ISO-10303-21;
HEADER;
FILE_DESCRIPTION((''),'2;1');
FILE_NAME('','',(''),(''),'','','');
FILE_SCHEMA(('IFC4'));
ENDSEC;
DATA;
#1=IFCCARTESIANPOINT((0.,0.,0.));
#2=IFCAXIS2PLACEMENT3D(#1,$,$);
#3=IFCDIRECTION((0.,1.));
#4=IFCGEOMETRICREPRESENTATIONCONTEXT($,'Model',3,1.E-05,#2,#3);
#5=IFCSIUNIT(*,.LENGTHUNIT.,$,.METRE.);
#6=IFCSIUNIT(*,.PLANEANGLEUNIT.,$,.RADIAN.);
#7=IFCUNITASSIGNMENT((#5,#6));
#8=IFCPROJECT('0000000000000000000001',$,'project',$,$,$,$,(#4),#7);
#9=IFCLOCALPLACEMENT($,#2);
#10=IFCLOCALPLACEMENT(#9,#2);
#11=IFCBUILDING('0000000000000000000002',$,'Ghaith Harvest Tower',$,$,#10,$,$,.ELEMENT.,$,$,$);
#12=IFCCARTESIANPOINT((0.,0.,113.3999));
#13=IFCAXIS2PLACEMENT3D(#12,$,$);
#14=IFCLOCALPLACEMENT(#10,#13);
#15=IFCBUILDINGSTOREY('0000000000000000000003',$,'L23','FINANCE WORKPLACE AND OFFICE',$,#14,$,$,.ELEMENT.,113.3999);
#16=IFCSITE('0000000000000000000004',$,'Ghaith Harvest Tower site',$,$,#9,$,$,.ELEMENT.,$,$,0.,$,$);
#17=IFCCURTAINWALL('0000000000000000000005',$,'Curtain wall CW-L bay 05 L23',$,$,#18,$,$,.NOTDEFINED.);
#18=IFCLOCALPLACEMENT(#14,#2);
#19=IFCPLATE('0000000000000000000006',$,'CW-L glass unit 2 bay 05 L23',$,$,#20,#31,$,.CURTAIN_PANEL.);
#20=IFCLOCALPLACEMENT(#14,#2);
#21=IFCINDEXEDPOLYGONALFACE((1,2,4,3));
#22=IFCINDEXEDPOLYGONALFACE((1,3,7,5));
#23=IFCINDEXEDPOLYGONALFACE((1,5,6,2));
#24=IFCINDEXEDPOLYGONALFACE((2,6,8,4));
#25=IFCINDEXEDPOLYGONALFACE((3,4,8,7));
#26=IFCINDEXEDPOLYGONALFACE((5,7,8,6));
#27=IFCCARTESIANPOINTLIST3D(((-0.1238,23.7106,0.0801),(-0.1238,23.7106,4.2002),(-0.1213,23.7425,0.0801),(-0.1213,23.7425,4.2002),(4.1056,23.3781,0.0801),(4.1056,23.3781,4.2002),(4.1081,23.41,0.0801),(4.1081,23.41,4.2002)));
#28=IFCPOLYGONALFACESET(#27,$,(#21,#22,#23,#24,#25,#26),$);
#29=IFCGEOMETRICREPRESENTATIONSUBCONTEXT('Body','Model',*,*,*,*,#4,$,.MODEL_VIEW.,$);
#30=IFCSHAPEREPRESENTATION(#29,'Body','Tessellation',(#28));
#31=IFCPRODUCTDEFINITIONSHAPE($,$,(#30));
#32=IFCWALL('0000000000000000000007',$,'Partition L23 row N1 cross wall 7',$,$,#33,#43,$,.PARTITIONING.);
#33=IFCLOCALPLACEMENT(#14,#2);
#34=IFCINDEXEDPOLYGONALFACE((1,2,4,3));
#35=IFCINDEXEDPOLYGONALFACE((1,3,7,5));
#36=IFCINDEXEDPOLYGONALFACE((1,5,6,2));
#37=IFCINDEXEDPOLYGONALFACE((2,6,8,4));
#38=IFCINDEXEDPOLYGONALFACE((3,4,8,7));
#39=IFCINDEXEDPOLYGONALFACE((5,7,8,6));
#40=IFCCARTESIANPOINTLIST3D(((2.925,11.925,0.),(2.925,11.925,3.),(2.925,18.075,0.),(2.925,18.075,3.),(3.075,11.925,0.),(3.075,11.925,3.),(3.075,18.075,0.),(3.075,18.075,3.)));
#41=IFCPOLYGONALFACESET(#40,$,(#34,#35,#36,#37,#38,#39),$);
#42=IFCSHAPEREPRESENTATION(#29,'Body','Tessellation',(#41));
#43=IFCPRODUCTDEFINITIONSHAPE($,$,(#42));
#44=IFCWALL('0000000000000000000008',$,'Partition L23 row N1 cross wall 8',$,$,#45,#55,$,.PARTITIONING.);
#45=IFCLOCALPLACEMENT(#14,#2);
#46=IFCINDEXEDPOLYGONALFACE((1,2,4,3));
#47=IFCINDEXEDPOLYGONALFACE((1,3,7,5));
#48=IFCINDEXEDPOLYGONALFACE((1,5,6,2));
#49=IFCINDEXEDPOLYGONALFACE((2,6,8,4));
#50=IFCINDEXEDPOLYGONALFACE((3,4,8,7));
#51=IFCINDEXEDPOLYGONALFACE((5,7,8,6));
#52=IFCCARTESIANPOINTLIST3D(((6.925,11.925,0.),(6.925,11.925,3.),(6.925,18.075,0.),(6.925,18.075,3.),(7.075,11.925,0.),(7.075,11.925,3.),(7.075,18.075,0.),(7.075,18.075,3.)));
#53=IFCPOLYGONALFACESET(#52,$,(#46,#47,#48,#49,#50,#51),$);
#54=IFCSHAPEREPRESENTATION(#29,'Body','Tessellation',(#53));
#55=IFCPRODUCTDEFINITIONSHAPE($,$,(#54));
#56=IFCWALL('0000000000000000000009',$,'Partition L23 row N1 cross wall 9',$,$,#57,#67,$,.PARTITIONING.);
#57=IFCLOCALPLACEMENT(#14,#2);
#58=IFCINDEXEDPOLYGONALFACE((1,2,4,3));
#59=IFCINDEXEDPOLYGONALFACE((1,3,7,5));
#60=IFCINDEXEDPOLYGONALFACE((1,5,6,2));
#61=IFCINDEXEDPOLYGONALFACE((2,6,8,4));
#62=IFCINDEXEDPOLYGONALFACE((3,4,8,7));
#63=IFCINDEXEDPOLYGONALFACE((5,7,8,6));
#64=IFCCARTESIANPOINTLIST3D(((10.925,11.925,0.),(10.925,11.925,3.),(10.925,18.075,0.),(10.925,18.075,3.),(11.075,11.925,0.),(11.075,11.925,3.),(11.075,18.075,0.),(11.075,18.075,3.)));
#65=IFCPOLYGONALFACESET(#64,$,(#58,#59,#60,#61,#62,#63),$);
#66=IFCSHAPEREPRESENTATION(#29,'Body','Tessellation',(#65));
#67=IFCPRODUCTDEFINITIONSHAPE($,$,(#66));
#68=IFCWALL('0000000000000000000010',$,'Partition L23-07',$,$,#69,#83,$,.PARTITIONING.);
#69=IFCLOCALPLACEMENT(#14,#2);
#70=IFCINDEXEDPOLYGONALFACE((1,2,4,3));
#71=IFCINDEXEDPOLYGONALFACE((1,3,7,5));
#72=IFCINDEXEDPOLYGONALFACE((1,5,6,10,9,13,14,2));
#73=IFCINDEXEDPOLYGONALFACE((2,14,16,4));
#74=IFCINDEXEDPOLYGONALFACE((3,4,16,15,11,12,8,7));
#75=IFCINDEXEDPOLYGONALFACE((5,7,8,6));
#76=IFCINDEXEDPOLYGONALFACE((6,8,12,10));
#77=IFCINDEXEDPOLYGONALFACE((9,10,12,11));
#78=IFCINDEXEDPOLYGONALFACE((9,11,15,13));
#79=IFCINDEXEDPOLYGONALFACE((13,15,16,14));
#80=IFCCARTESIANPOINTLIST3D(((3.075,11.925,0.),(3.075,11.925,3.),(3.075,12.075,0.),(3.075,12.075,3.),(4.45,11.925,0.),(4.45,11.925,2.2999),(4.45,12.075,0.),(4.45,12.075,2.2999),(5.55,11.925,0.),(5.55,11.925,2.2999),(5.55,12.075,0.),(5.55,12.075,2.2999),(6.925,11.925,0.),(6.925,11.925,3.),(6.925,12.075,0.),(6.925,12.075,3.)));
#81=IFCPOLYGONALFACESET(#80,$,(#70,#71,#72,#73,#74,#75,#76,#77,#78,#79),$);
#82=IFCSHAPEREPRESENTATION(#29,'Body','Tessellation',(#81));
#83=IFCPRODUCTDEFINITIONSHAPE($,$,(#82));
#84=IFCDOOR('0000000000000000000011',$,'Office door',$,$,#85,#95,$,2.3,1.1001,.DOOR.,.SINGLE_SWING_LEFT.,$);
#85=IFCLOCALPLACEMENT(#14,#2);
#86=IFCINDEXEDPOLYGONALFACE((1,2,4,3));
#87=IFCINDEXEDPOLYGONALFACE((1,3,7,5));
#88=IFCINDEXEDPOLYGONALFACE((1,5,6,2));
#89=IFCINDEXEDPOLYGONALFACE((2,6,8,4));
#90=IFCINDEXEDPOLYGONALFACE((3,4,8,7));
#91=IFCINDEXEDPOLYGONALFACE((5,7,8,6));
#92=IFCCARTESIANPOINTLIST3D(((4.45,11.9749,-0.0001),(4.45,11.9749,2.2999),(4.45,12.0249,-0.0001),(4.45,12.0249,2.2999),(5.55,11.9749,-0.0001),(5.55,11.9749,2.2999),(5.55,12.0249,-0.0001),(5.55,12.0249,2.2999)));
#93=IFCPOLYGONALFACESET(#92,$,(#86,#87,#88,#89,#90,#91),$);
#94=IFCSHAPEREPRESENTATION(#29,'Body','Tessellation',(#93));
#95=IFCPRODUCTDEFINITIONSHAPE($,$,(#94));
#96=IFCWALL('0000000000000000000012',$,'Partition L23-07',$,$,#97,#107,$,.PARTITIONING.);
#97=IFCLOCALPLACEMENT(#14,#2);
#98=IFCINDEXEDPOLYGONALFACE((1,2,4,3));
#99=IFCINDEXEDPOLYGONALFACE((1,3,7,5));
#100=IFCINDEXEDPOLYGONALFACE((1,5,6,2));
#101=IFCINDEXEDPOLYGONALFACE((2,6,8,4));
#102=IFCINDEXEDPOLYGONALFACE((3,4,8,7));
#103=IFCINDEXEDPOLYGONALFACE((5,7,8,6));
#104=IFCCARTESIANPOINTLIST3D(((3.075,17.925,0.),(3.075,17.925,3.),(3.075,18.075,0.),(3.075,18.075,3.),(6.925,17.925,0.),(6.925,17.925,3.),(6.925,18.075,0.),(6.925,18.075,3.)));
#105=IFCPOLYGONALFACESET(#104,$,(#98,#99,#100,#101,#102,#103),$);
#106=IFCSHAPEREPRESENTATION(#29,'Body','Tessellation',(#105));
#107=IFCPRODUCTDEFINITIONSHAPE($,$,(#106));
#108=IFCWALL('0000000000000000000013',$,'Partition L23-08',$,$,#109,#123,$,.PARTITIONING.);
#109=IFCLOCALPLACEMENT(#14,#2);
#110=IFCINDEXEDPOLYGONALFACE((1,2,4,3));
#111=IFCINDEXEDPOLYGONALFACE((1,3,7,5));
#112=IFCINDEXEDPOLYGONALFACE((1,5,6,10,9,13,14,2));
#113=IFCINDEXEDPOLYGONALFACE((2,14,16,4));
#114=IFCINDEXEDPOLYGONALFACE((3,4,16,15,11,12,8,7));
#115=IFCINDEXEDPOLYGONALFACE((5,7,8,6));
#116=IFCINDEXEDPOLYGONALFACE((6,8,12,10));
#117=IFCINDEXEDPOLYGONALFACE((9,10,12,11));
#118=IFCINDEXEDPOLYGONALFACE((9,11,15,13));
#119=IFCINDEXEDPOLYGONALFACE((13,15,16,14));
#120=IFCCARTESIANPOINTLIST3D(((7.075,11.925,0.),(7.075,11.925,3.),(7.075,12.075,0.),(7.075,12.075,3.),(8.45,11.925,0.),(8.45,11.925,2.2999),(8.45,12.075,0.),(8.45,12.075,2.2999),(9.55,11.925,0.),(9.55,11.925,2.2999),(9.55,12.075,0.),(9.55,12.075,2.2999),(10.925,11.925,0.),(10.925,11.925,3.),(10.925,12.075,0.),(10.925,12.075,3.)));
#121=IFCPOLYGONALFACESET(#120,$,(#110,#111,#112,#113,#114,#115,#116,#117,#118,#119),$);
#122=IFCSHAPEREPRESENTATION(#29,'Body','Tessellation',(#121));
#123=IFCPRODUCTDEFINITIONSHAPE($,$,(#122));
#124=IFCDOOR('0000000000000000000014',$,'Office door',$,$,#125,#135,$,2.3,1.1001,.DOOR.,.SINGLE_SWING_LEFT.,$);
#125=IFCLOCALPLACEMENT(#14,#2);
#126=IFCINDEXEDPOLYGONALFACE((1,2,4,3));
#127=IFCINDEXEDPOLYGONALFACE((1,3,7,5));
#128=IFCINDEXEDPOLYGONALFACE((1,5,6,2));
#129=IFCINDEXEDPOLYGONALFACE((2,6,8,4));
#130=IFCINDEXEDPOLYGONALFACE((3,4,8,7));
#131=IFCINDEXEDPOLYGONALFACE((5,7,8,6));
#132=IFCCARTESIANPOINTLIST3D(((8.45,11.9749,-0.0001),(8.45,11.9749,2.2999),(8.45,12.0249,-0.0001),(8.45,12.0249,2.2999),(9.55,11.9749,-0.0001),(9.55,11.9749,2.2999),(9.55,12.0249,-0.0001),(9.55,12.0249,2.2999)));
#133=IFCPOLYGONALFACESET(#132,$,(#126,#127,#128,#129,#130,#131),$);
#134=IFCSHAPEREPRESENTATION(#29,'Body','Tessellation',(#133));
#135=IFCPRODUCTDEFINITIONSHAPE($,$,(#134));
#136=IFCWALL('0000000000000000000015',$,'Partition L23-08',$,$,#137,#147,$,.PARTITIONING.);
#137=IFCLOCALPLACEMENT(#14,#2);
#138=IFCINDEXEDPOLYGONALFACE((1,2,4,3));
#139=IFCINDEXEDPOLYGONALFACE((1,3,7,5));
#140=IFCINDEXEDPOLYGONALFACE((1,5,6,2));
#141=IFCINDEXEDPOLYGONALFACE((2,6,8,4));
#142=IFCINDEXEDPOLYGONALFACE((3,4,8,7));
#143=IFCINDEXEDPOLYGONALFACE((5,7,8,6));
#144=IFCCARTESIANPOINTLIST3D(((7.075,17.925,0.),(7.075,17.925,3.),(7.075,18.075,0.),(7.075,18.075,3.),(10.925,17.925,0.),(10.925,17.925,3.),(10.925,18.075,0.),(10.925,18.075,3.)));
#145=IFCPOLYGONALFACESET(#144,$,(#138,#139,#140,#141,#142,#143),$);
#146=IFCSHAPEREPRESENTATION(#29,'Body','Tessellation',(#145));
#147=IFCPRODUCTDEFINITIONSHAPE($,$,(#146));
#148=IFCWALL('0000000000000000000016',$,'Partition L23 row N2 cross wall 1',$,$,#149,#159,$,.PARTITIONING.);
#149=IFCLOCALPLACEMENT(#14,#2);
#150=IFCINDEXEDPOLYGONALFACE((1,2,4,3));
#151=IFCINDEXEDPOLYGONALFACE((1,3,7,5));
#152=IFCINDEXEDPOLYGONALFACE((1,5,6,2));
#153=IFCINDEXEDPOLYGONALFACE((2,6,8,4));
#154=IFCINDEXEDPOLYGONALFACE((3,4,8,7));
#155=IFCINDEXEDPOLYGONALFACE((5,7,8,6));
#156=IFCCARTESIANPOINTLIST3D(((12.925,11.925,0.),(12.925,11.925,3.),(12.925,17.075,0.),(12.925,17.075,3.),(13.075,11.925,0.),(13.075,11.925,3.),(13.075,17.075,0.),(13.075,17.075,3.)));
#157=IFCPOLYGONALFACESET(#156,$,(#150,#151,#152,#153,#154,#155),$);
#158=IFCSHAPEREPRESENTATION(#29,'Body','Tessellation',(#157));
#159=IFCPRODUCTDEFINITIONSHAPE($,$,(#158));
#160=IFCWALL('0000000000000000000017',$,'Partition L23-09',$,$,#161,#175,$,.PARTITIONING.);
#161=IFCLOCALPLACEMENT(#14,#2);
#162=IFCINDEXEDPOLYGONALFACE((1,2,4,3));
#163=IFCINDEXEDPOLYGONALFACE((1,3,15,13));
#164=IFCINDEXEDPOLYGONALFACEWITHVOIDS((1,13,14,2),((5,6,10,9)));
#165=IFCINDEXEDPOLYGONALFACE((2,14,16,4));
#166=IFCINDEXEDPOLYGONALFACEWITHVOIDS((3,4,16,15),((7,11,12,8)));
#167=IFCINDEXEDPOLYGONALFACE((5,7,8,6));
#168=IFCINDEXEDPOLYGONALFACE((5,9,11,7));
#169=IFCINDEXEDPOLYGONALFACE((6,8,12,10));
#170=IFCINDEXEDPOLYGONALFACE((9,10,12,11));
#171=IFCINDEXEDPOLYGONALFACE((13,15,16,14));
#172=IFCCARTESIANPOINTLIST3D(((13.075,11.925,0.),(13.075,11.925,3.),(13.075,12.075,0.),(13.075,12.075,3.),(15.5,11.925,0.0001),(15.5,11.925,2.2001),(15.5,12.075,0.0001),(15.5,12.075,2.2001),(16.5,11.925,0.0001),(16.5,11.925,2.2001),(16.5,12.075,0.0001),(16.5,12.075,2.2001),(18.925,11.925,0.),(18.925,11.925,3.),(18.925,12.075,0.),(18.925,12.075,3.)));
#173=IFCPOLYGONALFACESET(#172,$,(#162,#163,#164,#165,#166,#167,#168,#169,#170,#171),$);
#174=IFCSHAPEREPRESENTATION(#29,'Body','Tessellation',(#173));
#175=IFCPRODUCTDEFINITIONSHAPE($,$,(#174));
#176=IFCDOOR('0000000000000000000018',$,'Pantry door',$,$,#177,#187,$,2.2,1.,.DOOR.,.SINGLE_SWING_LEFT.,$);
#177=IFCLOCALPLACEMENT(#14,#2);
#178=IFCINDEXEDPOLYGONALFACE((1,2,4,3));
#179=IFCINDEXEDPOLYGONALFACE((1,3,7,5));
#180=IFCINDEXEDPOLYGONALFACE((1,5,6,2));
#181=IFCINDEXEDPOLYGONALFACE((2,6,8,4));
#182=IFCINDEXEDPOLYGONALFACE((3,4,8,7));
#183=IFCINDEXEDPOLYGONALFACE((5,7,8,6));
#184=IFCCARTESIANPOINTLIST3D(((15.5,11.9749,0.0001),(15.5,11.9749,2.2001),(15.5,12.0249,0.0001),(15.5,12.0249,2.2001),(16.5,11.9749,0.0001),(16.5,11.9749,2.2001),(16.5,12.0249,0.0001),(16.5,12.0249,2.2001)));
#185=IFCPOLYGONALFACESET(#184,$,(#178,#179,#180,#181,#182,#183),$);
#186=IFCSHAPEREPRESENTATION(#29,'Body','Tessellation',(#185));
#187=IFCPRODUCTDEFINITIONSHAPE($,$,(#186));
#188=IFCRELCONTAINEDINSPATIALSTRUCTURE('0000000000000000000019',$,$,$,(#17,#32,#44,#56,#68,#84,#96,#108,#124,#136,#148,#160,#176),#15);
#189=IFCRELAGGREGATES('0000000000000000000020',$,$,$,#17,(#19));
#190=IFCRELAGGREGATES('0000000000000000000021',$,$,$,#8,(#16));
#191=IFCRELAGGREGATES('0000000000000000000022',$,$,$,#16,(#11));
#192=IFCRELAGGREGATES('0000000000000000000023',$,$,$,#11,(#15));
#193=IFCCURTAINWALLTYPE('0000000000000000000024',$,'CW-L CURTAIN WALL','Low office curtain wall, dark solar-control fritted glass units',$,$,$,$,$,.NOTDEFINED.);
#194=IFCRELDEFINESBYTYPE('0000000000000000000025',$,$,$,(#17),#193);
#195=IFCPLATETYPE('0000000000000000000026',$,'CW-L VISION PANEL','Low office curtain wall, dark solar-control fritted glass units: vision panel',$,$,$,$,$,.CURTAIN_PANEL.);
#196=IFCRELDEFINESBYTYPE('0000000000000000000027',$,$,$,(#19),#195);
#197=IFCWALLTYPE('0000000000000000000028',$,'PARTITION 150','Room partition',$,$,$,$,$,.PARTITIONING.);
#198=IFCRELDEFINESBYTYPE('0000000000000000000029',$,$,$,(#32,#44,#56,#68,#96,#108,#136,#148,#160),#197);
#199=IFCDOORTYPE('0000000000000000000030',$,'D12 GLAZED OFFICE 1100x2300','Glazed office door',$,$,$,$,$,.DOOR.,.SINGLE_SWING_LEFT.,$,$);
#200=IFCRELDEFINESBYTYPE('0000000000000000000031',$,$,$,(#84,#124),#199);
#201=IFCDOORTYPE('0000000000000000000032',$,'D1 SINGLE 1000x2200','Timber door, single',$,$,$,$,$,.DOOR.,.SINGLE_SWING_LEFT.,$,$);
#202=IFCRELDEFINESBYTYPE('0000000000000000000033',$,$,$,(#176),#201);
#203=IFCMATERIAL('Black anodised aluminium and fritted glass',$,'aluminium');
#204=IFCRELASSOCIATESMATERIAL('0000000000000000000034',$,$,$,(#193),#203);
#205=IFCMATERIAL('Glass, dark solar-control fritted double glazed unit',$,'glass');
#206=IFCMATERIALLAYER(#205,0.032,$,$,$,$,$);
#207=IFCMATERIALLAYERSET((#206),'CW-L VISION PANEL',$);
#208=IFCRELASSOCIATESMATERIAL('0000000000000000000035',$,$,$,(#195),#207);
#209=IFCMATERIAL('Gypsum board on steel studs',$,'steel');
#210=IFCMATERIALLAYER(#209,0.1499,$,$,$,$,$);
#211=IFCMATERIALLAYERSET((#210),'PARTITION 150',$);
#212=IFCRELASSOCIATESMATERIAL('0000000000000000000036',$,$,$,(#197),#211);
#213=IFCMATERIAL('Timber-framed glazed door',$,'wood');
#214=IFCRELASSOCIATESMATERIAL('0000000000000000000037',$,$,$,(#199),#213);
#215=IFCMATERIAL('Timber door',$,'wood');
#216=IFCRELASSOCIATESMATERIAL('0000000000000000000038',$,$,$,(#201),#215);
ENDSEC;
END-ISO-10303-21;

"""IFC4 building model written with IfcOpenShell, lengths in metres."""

from ifc_helpers import new_model, si_unit, direction, frame, frame_2d, origin, origin_2d, place, context, subcontext, project, spatial, rectangle, extrude, material, layer, layer_set, type_object, element, fill, aggregate, save


model = new_model("IFC4")

# Units and contexts
model_context = context("Model", 3, precision=1e-05, world=origin(), true_north=direction((0.0, 1.0)))
body_context = subcontext(model_context, "Body", "Model", "MODEL_VIEW")
ifc_project = project(units=[si_unit("LENGTHUNIT", "METRE"), si_unit("PLANEANGLEUNIT", "RADIAN")], contexts=[model_context])

# Site, building, storey
site_placement = place(None, origin())
site = spatial("IfcSite", under=ifc_project, at=site_placement, Name="Ghaith Harvest Tower site", CompositionType="ELEMENT", RefElevation=0.0)
building_placement = place(site_placement, origin())
building = spatial("IfcBuilding", under=site, at=building_placement, Name="Ghaith Harvest Tower", CompositionType="ELEMENT")
storey_placement = place(building_placement, frame((0.0, 0.0, 113.3999)))
storey = spatial("IfcBuildingStorey", under=building, at=storey_placement, Name="L23", Description="FINANCE WORKPLACE AND OFFICE", CompositionType="ELEMENT", Elevation=113.3999)

# Shared definitions
ifc_material_1 = material(Name="Black anodised aluminium and fritted glass", Category="aluminium")
curtain_wall_type = type_object("IfcCurtainWallType", Name="CW-L CURTAIN WALL", Description="Low office curtain wall, dark solar-control fritted glass units", PredefinedType="NOTDEFINED", material=ifc_material_1)

# Curtain wall
curtain_wall_1_placement = place(storey_placement, origin())
curtain_wall_1 = element("IfcCurtainWall", 1, at=curtain_wall_1_placement, inside=storey, type_object=curtain_wall_type, Name="Curtain wall CW-L bay 05 L23", PredefinedType="NOTDEFINED")

# Plate
ifc_material_2 = material(Name="Glass, dark solar-control fritted double glazed unit", Category="glass")
ifc_layer_1 = layer(ifc_material_2, 0.032)
ifc_layer_set_1 = layer_set([ifc_layer_1], Name="CW-L VISION PANEL")
plate_type = type_object("IfcPlateType", Name="CW-L VISION PANEL", Description="Low office curtain wall, dark solar-control fritted glass units: vision panel", PredefinedType="CURTAIN_PANEL", material=ifc_layer_set_1)
plate_1_placement = place(storey_placement, frame((1.9922, 23.5603, 0.0801), z_axis=(0.0, 0.0, 1.0), x_axis=(-0.996925, 0.07836, 0.0)))
plate_1 = element("IfcPlate", 2, at=plate_1_placement, type_object=plate_type, Name="CW-L glass unit 2 bay 05 L23", PredefinedType="CURTAIN_PANEL", context=body_context, shape_type="SweptSolid", body=[
    extrude(rectangle(XDim=4.2424, YDim=0.032, at=origin_2d()), origin(), (0.0, 0.0, 1.0), 4.1201),
])
aggregate(curtain_wall_1, [plate_1])

# Walls
ifc_material_3 = material(Name="Gypsum board on steel studs", Category="steel")
ifc_layer_2 = layer(ifc_material_3, 0.1499)
ifc_layer_set_2 = layer_set([ifc_layer_2], Name="PARTITION 150")
wall_type = type_object("IfcWallType", Name="PARTITION 150", Description="Room partition", PredefinedType="PARTITIONING", material=ifc_layer_set_2)
for number, where, z_axis, x_axis, name in (
    (3, (3.0, 11.925, 0.0), (0.0, 0.0, 1.0), (0.0, 1.0, 0.0), "Partition L23 row N1 cross wall 7"),
    (4, (7.0, 11.925, 0.0), (0.0, 0.0, 1.0), (0.0, 1.0, 0.0), "Partition L23 row N1 cross wall 8"),
    (5, (11.0, 11.925, 0.0), (0.0, 0.0, 1.0), (0.0, 1.0, 0.0), "Partition L23 row N1 cross wall 9"),
):
    element("IfcWall", number, at=place(storey_placement, frame(where, z_axis=z_axis, x_axis=x_axis)), inside=storey, type_object=wall_type, Name=name, PredefinedType="PARTITIONING", context=body_context, shape_type="SweptSolid", body=[
        extrude(rectangle(XDim=6.1499, YDim=0.1499, at=frame_2d((3.075, 0.0))), origin(), (0.0, 0.0, 1.0), 3.0),
    ])

# Wall, opening, door
wall_1_placement = place(storey_placement, frame((3.075, 12.0, 0.0), z_axis=(0.0, 0.0, 1.0), x_axis=(1.0, 0.0, 0.0)))
wall_1 = element("IfcWall", 6, at=wall_1_placement, inside=storey, type_object=wall_type, Name="Partition L23-07", PredefinedType="PARTITIONING", context=body_context, shape_type="SweptSolid", body=[
    extrude(rectangle(XDim=3.8501, YDim=0.1499, at=frame_2d((1.925, 0.0))), origin(), (0.0, 0.0, 1.0), 3.0),
])
opening_1_placement = place(wall_1_placement, frame((1.375, 0.0, 0.0)))
opening_1 = element("IfcOpeningElement", 7, at=opening_1_placement, cuts=wall_1, PredefinedType="OPENING", context=body_context, shape_type="SweptSolid", body=[
    extrude(rectangle(XDim=1.1001, YDim=2.3, at=frame_2d((0.55, 1.1499))), frame((0.0, 0.085, 0.0), z_axis=(0.0, -1.0, 0.0), x_axis=(1.0, 0.0, 0.0)), (0.0, 0.0, 1.0), 0.1699),
])
ifc_material_4 = material(Name="Timber-framed glazed door", Category="wood")
door_type_1 = type_object("IfcDoorType", Name="D12 GLAZED OFFICE 1100x2300", Description="Glazed office door", OperationType="SINGLE_SWING_LEFT", PredefinedType="DOOR", material=ifc_material_4)
door_1_placement = place(opening_1_placement, origin())
door_1 = element("IfcDoor", 8, at=door_1_placement, inside=storey, type_object=door_type_1, Name="Office door", OperationType="SINGLE_SWING_LEFT", OverallHeight=2.3, OverallWidth=1.1001, PredefinedType="DOOR", context=body_context, shape_type="SweptSolid", body=[
    extrude(rectangle(XDim=1.1001, YDim=2.3, at=frame_2d((0.55, 1.1499))), frame((0.0, 0.0249, 0.0), z_axis=(0.0, -1.0, 0.0), x_axis=(1.0, 0.0, 0.0)), (0.0, 0.0, 1.0), 0.05),
])
fill(opening_1, door_1)

# Wall
wall_2_placement = place(storey_placement, frame((3.075, 18.0, 0.0), z_axis=(0.0, 0.0, 1.0), x_axis=(1.0, 0.0, 0.0)))
element("IfcWall", 9, at=wall_2_placement, inside=storey, type_object=wall_type, Name="Partition L23-07", PredefinedType="PARTITIONING", context=body_context, shape_type="SweptSolid", body=[
    extrude(rectangle(XDim=3.8501, YDim=0.1499, at=frame_2d((1.925, 0.0))), origin(), (0.0, 0.0, 1.0), 3.0),
])

# Wall, opening, door
wall_3_placement = place(storey_placement, frame((7.075, 12.0, 0.0), z_axis=(0.0, 0.0, 1.0), x_axis=(1.0, 0.0, 0.0)))
wall_3 = element("IfcWall", 10, at=wall_3_placement, inside=storey, type_object=wall_type, Name="Partition L23-08", PredefinedType="PARTITIONING", context=body_context, shape_type="SweptSolid", body=[
    extrude(rectangle(XDim=3.8501, YDim=0.1499, at=frame_2d((1.925, 0.0))), origin(), (0.0, 0.0, 1.0), 3.0),
])
opening_2_placement = place(wall_3_placement, frame((1.375, 0.0, 0.0)))
opening_2 = element("IfcOpeningElement", 11, at=opening_2_placement, cuts=wall_3, PredefinedType="OPENING", context=body_context, shape_type="SweptSolid", body=[
    extrude(rectangle(XDim=1.1001, YDim=2.3, at=frame_2d((0.55, 1.1499))), frame((0.0, 0.085, 0.0), z_axis=(0.0, -1.0, 0.0), x_axis=(1.0, 0.0, 0.0)), (0.0, 0.0, 1.0), 0.1699),
])
door_2_placement = place(opening_2_placement, origin())
door_2 = element("IfcDoor", 12, at=door_2_placement, inside=storey, type_object=door_type_1, Name="Office door", OperationType="SINGLE_SWING_LEFT", OverallHeight=2.3, OverallWidth=1.1001, PredefinedType="DOOR", context=body_context, shape_type="SweptSolid", body=[
    extrude(rectangle(XDim=1.1001, YDim=2.3, at=frame_2d((0.55, 1.1499))), frame((0.0, 0.0249, 0.0), z_axis=(0.0, -1.0, 0.0), x_axis=(1.0, 0.0, 0.0)), (0.0, 0.0, 1.0), 0.05),
])
fill(opening_2, door_2)

# Walls
wall_4_placement = place(storey_placement, frame((7.075, 18.0, 0.0), z_axis=(0.0, 0.0, 1.0), x_axis=(1.0, 0.0, 0.0)))
element("IfcWall", 13, at=wall_4_placement, inside=storey, type_object=wall_type, Name="Partition L23-08", PredefinedType="PARTITIONING", context=body_context, shape_type="SweptSolid", body=[
    extrude(rectangle(XDim=3.8501, YDim=0.1499, at=frame_2d((1.925, 0.0))), origin(), (0.0, 0.0, 1.0), 3.0),
])
wall_5_placement = place(storey_placement, frame((13.0, 11.925, 0.0), z_axis=(0.0, 0.0, 1.0), x_axis=(0.0, 1.0, 0.0)))
element("IfcWall", 14, at=wall_5_placement, inside=storey, type_object=wall_type, Name="Partition L23 row N2 cross wall 1", PredefinedType="PARTITIONING", context=body_context, shape_type="SweptSolid", body=[
    extrude(rectangle(XDim=5.1499, YDim=0.1499, at=frame_2d((2.575, 0.0))), origin(), (0.0, 0.0, 1.0), 3.0),
])

# Wall, opening, door
wall_6_placement = place(storey_placement, frame((13.075, 12.0, 0.0), z_axis=(0.0, 0.0, 1.0), x_axis=(1.0, 0.0, 0.0)))
wall_6 = element("IfcWall", 15, at=wall_6_placement, inside=storey, type_object=wall_type, Name="Partition L23-09", PredefinedType="PARTITIONING", context=body_context, shape_type="SweptSolid", body=[
    extrude(rectangle(XDim=5.8501, YDim=0.1499, at=frame_2d((2.925, 0.0))), origin(), (0.0, 0.0, 1.0), 3.0),
])
opening_3_placement = place(wall_6_placement, frame((2.425, 0.0, 0.0)))
opening_3 = element("IfcOpeningElement", 16, at=opening_3_placement, cuts=wall_6, PredefinedType="OPENING", context=body_context, shape_type="SweptSolid", body=[
    extrude(rectangle(XDim=1.0, YDim=2.2, at=frame_2d((0.5, 1.1001))), frame((0.0, 0.085, 0.0), z_axis=(0.0, -1.0, 0.0), x_axis=(1.0, 0.0, 0.0)), (0.0, 0.0, 1.0), 0.1699),
])
ifc_material_5 = material(Name="Timber door", Category="wood")
door_type_2 = type_object("IfcDoorType", Name="D1 SINGLE 1000x2200", Description="Timber door, single", OperationType="SINGLE_SWING_LEFT", PredefinedType="DOOR", material=ifc_material_5)
door_3_placement = place(opening_3_placement, origin())
door_3 = element("IfcDoor", 17, at=door_3_placement, inside=storey, type_object=door_type_2, Name="Pantry door", OperationType="SINGLE_SWING_LEFT", OverallHeight=2.2, OverallWidth=1.0, PredefinedType="DOOR", context=body_context, shape_type="SweptSolid", body=[
    extrude(rectangle(XDim=1.0, YDim=2.2, at=frame_2d((0.5, 1.1001))), frame((0.0, 0.0249, 0.0), z_axis=(0.0, -1.0, 0.0), x_axis=(1.0, 0.0, 0.0)), (0.0, 0.0, 1.0), 0.05),
])
fill(opening_3, door_3)

save(model, "model.ifc")
